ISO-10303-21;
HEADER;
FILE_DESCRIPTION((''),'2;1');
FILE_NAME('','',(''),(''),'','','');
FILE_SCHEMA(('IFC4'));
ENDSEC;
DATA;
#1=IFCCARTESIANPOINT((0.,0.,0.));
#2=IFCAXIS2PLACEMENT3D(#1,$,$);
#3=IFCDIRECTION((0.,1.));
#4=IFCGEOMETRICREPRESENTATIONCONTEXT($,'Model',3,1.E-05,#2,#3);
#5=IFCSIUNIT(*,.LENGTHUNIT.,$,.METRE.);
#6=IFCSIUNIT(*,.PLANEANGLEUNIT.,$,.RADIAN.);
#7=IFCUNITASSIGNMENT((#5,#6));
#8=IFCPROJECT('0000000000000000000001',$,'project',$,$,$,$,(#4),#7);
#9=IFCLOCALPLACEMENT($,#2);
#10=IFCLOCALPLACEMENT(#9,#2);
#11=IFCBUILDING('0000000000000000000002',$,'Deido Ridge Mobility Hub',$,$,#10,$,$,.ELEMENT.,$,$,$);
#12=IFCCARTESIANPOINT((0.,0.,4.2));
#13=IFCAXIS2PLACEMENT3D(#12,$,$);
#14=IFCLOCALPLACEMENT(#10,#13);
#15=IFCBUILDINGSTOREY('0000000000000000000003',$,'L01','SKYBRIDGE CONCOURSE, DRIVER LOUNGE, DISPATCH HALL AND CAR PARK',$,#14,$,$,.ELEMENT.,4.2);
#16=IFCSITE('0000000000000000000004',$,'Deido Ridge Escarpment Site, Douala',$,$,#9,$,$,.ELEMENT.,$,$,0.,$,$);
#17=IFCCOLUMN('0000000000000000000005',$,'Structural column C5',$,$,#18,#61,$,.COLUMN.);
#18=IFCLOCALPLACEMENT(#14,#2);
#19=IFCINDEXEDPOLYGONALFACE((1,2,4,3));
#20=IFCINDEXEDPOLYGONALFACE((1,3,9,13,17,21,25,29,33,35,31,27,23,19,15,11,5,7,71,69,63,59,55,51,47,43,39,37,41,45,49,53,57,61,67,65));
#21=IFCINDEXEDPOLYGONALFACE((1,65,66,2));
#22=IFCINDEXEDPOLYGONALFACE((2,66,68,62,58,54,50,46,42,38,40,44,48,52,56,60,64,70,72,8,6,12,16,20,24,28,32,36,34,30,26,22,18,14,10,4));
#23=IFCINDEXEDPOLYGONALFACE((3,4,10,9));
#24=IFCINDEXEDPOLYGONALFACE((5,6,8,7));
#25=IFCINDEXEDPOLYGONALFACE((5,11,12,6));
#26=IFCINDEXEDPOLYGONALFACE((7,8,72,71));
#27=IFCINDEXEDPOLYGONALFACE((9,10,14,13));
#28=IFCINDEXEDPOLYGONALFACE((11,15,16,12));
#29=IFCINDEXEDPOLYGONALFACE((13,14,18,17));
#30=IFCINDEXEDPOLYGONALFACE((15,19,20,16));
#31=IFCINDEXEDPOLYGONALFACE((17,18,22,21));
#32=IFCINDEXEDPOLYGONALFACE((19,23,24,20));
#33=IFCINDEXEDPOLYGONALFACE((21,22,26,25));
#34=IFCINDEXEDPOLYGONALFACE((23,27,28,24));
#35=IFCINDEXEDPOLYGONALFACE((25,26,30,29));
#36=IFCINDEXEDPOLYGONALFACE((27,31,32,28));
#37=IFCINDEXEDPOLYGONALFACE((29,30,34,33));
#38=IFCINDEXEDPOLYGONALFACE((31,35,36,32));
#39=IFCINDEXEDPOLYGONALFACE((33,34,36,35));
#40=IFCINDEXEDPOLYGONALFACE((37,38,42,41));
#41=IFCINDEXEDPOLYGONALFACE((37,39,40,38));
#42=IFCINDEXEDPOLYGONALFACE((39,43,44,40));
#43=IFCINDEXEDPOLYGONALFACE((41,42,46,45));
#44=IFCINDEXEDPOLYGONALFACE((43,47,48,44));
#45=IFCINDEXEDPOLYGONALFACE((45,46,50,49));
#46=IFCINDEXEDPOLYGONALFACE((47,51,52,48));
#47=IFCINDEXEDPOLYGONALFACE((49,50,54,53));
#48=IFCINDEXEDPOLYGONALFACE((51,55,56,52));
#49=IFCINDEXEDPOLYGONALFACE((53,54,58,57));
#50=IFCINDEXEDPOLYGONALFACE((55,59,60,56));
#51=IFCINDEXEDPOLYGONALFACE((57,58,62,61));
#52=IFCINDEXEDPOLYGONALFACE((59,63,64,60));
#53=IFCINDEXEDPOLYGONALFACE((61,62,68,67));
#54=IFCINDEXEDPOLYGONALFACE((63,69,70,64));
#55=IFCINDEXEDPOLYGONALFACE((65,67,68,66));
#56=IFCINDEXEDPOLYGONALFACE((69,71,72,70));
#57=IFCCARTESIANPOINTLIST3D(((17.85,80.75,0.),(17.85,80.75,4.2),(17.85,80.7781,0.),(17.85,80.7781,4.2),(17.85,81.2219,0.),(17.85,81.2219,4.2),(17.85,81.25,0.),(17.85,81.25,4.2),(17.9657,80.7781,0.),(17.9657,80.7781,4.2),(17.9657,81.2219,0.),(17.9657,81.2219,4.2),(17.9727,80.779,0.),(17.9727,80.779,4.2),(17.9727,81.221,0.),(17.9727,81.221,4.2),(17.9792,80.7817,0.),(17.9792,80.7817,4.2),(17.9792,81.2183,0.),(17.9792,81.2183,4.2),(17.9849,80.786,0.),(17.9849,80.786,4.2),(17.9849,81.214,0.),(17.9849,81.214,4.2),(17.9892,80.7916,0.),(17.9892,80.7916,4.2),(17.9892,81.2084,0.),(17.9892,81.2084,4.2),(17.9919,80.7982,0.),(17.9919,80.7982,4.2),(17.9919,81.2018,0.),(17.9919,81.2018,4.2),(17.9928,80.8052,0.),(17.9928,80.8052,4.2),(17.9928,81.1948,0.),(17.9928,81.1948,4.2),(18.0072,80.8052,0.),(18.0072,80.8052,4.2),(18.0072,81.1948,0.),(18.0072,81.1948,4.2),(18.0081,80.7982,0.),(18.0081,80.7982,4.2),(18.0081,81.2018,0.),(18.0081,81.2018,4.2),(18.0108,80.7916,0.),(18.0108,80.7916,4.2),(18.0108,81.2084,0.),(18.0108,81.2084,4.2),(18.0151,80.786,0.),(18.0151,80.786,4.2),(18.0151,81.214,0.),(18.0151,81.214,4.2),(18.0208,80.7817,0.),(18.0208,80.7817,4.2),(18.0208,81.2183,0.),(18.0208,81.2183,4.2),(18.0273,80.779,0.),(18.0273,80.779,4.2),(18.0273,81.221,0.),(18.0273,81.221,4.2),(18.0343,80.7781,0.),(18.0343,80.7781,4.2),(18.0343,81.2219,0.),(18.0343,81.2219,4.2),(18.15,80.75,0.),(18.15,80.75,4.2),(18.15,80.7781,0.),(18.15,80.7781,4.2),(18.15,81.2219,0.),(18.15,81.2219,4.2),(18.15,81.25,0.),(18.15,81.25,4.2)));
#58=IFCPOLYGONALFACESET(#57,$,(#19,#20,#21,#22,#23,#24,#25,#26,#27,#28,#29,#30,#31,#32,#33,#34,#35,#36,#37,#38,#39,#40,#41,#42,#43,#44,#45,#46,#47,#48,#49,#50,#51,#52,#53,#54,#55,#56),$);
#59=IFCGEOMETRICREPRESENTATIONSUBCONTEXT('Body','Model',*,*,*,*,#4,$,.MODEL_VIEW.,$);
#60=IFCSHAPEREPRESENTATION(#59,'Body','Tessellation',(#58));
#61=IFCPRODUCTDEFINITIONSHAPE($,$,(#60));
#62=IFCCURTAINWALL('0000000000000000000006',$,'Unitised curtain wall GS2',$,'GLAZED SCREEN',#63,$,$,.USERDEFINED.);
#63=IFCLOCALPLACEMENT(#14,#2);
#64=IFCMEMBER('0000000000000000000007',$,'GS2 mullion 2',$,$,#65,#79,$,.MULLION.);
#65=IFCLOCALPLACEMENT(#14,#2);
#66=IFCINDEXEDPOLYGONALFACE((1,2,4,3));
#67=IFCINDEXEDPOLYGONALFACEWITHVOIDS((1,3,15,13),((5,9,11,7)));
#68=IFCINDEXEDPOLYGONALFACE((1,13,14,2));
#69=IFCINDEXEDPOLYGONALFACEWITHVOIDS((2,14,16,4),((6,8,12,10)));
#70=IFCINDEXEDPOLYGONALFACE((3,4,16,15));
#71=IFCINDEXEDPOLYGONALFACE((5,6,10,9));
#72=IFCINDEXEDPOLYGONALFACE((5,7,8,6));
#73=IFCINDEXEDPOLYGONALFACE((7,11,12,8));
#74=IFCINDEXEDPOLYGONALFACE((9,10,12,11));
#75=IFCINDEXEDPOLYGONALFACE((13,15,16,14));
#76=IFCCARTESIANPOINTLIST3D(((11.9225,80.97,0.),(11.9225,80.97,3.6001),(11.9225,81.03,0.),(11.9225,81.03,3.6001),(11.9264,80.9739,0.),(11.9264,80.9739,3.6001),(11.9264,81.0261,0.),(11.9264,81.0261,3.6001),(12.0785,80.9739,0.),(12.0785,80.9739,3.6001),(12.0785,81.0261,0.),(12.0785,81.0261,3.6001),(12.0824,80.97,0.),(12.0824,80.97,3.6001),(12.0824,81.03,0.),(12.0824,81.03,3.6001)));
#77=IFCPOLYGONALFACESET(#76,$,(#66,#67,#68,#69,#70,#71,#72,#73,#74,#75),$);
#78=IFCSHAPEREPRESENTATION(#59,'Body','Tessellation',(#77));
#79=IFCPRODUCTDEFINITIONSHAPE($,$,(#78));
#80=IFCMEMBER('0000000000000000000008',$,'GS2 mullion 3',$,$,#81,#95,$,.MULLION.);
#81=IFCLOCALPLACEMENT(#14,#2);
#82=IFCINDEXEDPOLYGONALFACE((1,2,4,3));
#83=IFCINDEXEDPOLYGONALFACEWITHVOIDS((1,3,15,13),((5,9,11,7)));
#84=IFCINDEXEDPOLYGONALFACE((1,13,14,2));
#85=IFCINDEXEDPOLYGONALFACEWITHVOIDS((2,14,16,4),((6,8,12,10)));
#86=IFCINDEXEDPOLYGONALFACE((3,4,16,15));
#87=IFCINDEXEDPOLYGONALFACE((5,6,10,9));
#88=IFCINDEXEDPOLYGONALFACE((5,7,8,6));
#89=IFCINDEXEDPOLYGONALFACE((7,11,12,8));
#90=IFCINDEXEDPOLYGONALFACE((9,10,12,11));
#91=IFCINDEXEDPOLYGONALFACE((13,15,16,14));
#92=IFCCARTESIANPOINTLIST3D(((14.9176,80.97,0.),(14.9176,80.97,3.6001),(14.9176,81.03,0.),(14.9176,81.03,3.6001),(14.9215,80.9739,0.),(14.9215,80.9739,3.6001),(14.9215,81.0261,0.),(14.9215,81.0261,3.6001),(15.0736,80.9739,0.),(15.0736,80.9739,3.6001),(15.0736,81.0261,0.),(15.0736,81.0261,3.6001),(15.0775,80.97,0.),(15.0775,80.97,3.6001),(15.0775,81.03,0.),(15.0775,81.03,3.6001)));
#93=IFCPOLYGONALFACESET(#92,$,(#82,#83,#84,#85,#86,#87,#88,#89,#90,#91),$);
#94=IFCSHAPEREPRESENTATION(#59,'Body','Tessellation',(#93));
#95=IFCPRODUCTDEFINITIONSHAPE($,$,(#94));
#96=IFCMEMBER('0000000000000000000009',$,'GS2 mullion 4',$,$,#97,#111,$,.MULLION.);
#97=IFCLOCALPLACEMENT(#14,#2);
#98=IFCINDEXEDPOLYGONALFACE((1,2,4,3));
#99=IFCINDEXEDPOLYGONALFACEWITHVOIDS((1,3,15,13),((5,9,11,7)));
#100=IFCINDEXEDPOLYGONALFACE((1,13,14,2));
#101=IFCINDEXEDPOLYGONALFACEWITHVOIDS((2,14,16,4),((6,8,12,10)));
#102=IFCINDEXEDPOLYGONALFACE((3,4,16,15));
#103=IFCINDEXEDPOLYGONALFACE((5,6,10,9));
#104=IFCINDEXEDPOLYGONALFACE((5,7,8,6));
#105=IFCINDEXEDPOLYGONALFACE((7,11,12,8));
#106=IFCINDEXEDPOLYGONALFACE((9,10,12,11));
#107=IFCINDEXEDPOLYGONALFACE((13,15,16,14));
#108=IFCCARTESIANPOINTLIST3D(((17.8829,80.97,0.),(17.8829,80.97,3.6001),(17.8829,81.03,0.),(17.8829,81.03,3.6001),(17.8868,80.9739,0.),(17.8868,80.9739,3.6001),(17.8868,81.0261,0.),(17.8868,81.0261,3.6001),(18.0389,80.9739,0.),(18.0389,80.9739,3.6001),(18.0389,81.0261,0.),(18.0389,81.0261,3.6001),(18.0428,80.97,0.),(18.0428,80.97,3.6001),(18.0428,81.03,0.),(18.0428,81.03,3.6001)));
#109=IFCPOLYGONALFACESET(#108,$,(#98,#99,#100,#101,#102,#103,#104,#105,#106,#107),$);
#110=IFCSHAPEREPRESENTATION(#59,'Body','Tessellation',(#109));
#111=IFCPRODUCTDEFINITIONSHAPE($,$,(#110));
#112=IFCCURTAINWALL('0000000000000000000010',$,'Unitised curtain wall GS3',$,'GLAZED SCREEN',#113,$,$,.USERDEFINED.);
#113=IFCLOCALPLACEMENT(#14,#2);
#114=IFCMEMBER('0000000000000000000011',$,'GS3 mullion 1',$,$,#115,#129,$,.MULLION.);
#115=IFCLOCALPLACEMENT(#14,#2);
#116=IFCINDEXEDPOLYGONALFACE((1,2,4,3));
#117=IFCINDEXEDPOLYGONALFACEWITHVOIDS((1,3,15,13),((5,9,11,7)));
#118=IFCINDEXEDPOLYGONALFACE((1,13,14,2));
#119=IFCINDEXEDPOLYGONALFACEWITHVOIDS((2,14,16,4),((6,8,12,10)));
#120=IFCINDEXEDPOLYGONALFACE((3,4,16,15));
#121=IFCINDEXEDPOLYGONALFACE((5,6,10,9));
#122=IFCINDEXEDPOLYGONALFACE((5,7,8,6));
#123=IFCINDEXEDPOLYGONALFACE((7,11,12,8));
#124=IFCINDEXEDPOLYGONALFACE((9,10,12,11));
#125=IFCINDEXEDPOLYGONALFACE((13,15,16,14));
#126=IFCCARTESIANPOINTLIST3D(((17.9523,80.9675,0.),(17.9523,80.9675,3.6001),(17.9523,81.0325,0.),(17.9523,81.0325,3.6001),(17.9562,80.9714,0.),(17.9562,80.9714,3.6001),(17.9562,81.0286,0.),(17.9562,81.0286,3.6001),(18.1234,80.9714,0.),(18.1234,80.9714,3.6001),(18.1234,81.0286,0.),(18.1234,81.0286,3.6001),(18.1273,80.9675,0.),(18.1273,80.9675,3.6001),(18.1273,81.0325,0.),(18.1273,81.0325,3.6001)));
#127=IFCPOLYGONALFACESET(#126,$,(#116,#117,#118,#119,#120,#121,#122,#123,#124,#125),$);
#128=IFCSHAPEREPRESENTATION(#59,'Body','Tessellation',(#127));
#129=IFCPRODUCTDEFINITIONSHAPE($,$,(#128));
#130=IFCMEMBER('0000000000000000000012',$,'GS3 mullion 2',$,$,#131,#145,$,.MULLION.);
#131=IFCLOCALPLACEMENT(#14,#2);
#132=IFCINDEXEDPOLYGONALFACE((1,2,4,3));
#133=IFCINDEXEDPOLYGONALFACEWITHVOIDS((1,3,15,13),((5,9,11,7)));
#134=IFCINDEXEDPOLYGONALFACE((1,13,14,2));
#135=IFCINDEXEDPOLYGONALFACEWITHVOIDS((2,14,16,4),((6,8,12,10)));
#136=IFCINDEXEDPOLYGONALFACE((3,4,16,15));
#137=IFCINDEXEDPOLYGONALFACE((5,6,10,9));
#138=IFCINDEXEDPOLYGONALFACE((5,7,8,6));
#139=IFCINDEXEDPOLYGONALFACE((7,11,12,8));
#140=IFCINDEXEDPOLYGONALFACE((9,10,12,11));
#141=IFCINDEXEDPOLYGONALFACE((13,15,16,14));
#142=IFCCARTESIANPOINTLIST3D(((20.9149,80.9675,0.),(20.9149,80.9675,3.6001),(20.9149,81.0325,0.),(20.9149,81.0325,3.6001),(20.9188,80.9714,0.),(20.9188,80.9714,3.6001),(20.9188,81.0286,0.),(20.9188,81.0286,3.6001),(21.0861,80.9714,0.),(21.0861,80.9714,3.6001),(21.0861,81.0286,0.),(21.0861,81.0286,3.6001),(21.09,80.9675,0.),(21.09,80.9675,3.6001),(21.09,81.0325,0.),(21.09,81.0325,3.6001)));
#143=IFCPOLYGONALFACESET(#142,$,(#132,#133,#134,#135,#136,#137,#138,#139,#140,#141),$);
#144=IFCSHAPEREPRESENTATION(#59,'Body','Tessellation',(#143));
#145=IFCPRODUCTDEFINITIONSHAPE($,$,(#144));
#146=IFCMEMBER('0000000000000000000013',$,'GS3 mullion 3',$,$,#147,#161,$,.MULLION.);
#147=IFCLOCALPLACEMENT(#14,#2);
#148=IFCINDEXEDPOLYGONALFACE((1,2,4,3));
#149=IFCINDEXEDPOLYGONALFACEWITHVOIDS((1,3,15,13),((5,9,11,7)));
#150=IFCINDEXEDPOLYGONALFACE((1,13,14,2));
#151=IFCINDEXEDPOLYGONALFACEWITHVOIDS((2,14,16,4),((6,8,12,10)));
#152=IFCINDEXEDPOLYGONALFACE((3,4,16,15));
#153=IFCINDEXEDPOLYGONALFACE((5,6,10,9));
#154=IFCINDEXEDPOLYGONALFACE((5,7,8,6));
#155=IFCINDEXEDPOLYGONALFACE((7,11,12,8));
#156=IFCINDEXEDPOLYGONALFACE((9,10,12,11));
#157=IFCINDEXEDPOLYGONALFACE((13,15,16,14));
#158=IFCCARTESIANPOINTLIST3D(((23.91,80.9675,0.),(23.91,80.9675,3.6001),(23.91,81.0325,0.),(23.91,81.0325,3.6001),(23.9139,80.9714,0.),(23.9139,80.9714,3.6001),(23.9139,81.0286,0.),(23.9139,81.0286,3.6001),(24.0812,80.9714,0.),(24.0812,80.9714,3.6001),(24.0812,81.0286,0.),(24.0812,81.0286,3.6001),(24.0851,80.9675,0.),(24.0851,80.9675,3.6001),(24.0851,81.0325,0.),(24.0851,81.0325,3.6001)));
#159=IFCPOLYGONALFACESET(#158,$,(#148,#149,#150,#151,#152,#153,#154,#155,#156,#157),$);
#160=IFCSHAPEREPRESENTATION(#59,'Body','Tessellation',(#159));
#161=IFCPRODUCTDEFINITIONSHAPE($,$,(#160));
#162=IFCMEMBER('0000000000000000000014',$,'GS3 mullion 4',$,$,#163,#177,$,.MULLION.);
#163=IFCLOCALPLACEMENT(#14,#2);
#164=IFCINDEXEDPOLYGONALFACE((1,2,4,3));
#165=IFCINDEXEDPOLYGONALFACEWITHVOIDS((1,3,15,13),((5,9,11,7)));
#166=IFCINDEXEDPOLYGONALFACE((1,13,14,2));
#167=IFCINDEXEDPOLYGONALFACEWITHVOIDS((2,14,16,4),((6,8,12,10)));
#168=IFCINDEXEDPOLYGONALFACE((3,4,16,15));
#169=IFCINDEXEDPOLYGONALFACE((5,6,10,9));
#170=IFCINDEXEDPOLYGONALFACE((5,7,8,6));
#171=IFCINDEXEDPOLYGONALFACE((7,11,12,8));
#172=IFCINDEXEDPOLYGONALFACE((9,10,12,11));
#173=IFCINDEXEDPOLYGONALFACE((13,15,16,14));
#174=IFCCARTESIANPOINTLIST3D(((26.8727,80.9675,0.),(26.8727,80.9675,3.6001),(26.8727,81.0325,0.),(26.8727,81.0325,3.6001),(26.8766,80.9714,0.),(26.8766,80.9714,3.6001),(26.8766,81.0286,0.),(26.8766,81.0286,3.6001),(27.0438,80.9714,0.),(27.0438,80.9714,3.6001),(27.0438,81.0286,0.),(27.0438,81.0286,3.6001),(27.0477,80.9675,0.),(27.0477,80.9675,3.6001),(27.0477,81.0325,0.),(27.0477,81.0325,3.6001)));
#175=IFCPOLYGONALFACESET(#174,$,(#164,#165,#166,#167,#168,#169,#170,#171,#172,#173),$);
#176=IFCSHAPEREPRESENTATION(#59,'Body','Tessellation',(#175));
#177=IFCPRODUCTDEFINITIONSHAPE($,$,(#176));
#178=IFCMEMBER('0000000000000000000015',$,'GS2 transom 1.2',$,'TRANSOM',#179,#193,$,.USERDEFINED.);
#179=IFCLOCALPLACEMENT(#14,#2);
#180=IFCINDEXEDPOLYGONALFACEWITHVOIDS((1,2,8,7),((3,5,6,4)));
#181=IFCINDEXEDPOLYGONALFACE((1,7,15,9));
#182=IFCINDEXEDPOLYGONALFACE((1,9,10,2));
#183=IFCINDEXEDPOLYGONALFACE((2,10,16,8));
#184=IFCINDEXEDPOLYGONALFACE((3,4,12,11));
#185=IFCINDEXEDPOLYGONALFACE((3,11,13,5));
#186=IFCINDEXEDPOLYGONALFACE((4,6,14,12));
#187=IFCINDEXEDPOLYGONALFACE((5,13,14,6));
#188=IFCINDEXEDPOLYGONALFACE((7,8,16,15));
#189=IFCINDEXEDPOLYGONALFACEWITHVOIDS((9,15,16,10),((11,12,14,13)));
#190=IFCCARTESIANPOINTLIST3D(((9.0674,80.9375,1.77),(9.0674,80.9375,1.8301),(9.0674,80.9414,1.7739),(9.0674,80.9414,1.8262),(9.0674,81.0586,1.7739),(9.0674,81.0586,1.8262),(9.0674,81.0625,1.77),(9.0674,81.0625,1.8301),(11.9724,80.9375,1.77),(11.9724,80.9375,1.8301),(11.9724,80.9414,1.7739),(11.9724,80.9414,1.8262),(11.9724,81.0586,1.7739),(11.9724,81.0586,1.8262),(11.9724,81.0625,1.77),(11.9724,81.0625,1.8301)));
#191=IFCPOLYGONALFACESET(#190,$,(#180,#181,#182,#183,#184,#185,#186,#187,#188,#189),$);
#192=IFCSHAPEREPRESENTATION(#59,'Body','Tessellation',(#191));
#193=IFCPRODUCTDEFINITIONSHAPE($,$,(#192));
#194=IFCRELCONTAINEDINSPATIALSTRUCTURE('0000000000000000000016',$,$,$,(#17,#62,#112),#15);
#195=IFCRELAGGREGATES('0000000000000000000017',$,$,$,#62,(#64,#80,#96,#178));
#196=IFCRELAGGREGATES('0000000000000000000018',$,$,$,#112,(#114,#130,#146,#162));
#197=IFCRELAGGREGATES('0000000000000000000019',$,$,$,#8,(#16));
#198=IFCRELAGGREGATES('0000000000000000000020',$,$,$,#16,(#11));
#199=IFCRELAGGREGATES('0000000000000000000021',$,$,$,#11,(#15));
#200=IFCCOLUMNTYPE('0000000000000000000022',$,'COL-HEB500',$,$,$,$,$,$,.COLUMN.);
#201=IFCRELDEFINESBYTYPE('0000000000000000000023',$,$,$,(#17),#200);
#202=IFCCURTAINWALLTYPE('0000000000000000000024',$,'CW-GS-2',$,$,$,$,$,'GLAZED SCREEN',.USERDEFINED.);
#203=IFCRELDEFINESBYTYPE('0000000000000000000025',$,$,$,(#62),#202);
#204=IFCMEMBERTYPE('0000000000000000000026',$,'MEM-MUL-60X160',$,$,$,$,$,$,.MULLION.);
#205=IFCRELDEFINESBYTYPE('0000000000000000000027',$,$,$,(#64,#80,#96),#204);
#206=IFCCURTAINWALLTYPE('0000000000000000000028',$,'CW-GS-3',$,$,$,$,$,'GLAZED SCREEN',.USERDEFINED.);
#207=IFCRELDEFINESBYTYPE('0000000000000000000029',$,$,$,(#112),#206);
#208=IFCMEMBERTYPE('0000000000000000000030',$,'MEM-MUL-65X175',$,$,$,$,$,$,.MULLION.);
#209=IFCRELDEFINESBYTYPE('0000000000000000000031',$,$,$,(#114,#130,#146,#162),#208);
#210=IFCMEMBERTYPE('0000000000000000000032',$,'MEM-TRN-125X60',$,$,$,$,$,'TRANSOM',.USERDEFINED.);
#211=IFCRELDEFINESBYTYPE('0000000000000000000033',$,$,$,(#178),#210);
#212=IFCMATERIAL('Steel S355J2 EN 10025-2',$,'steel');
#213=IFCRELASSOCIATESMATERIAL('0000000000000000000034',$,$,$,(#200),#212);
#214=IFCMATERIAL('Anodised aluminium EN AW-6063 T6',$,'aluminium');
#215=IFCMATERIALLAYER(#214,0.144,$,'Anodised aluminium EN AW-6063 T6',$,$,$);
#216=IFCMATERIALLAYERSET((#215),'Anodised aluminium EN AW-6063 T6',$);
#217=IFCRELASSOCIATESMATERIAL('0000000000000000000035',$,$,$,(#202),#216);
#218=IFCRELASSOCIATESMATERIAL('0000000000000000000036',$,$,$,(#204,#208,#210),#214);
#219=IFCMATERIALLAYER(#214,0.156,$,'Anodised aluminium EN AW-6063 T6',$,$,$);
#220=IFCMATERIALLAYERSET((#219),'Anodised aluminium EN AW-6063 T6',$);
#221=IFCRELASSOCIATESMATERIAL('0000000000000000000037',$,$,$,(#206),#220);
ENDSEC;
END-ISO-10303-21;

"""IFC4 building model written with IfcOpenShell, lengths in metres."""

from ifc_helpers import new_model, si_unit, direction, frame, origin, origin_2d, place, context, subcontext, project, spatial, hollow_rectangle, i_section, extrude, material, layer, layer_set, material_profile, profile_set, type_object, element, aggregate, save


model = new_model("IFC4")

# Units and contexts
model_context = context("Model", 3, precision=1e-05, world=origin(), true_north=direction((0.0, 1.0)))
body_context = subcontext(model_context, "Body", "Model", "MODEL_VIEW")
ifc_project = project(units=[si_unit("LENGTHUNIT", "METRE"), si_unit("PLANEANGLEUNIT", "RADIAN")], contexts=[model_context])

# Site, building, storey
site_placement = place(None, origin())
site = spatial("IfcSite", under=ifc_project, at=site_placement, Name="Deido Ridge Escarpment Site, Douala", CompositionType="ELEMENT", RefElevation=0.0)
building_placement = place(site_placement, origin())
building = spatial("IfcBuilding", under=site, at=building_placement, Name="Deido Ridge Mobility Hub", CompositionType="ELEMENT")
storey_placement = place(building_placement, frame((0.0, 0.0, 4.2)))
storey = spatial("IfcBuildingStorey", under=building, at=storey_placement, Name="L01", Description="SKYBRIDGE CONCOURSE, DRIVER LOUNGE, DISPATCH HALL AND CAR PARK", CompositionType="ELEMENT", Elevation=4.2)

# Column
ifc_material_1 = material(Name="Steel S355J2 EN 10025-2", Category="steel")
ifc_material_profile_1 = material_profile(ifc_material_1, i_section(OverallWidth=0.3, OverallDepth=0.5, WebThickness=0.0144, FlangeThickness=0.0281, FilletRadius=0.0271, at=origin_2d()), Name="HEB 500")
ifc_profile_set_1 = profile_set([ifc_material_profile_1], Name="Steel S355J2 EN 10025-2")
column_type = type_object("IfcColumnType", Name="COL-HEB500", PredefinedType="COLUMN", material=ifc_profile_set_1)
column_placement = place(storey_placement, frame((18.0, 81.0, 0.0), z_axis=(0.0, 0.0, 1.0), x_axis=(1.0, 0.0, 0.0)))
element("IfcColumn", 1, at=column_placement, inside=storey, type_object=column_type, Name="Structural column C5", PredefinedType="COLUMN", context=body_context, shape_type="SweptSolid", body=[
    extrude(i_section(OverallWidth=0.3, OverallDepth=0.5, WebThickness=0.0144, FlangeThickness=0.0281, FilletRadius=0.0271, at=origin_2d()), origin(), (0.0, 0.0, 1.0), 4.2),
])

# Curtain walls, members
ifc_material_2 = material(Name="Anodised aluminium EN AW-6063 T6", Category="aluminium")
ifc_layer_1 = layer(ifc_material_2, 0.144, Name="Anodised aluminium EN AW-6063 T6")
ifc_layer_set_1 = layer_set([ifc_layer_1], Name="Anodised aluminium EN AW-6063 T6")
curtain_wall_type_1 = type_object("IfcCurtainWallType", Name="CW-GS-2", ElementType="GLAZED SCREEN", PredefinedType="USERDEFINED", material=ifc_layer_set_1)
curtain_wall_1_placement = place(storey_placement, origin())
curtain_wall_1 = element("IfcCurtainWall", 2, at=curtain_wall_1_placement, inside=storey, type_object=curtain_wall_type_1, Name="Unitised curtain wall GS2", ObjectType="GLAZED SCREEN", PredefinedType="USERDEFINED")
ifc_material_profile_2 = material_profile(ifc_material_2, hollow_rectangle(XDim=0.0601, YDim=0.1599, WallThickness=0.0039, at=origin_2d()), Name="RHS 60x160x4")
ifc_profile_set_2 = profile_set([ifc_material_profile_2], Name="Anodised aluminium EN AW-6063 T6")
member_type_1 = type_object("IfcMemberType", Name="MEM-MUL-60X160", PredefinedType="MULLION", material=ifc_profile_set_2)
member_1_placement = place(storey_placement, frame((12.0024, 81.0, 0.0), z_axis=(0.0, 0.0, 1.0), x_axis=(0.0, 1.0, 0.0)))
member_1 = element("IfcMember", 3, at=member_1_placement, type_object=member_type_1, Name="GS2 mullion 2", PredefinedType="MULLION", context=body_context, shape_type="SweptSolid", body=[
    extrude(hollow_rectangle(XDim=0.0601, YDim=0.1599, WallThickness=0.0039, at=origin_2d()), origin(), (0.0, 0.0, 1.0), 3.6001),
])
member_2_placement = place(storey_placement, frame((14.9976, 81.0, 0.0), z_axis=(0.0, 0.0, 1.0), x_axis=(0.0, 1.0, 0.0)))
member_2 = element("IfcMember", 4, at=member_2_placement, type_object=member_type_1, Name="GS2 mullion 3", PredefinedType="MULLION", context=body_context, shape_type="SweptSolid", body=[
    extrude(hollow_rectangle(XDim=0.0601, YDim=0.1599, WallThickness=0.0039, at=origin_2d()), origin(), (0.0, 0.0, 1.0), 3.6001),
])
member_3_placement = place(storey_placement, frame((17.9629, 81.0, 0.0), z_axis=(0.0, 0.0, 1.0), x_axis=(0.0, 1.0, 0.0)))
member_3 = element("IfcMember", 5, at=member_3_placement, type_object=member_type_1, Name="GS2 mullion 4", PredefinedType="MULLION", context=body_context, shape_type="SweptSolid", body=[
    extrude(hollow_rectangle(XDim=0.0601, YDim=0.1599, WallThickness=0.0039, at=origin_2d()), origin(), (0.0, 0.0, 1.0), 3.6001),
])
ifc_layer_2 = layer(ifc_material_2, 0.156, Name="Anodised aluminium EN AW-6063 T6")
ifc_layer_set_2 = layer_set([ifc_layer_2], Name="Anodised aluminium EN AW-6063 T6")
curtain_wall_type_2 = type_object("IfcCurtainWallType", Name="CW-GS-3", ElementType="GLAZED SCREEN", PredefinedType="USERDEFINED", material=ifc_layer_set_2)
curtain_wall_2_placement = place(storey_placement, origin())
curtain_wall_2 = element("IfcCurtainWall", 6, at=curtain_wall_2_placement, inside=storey, type_object=curtain_wall_type_2, Name="Unitised curtain wall GS3", ObjectType="GLAZED SCREEN", PredefinedType="USERDEFINED")
ifc_material_profile_3 = material_profile(ifc_material_2, hollow_rectangle(XDim=0.0649, YDim=0.175, WallThickness=0.0039, at=origin_2d()), Name="RHS 65x175x4")
ifc_profile_set_3 = profile_set([ifc_material_profile_3], Name="Anodised aluminium EN AW-6063 T6")
member_type_2 = type_object("IfcMemberType", Name="MEM-MUL-65X175", PredefinedType="MULLION", material=ifc_profile_set_3)
member_4_placement = place(storey_placement, frame((18.0398, 81.0, 0.0), z_axis=(0.0, 0.0, 1.0), x_axis=(0.0, 1.0, 0.0)))
member_4 = element("IfcMember", 7, at=member_4_placement, type_object=member_type_2, Name="GS3 mullion 1", PredefinedType="MULLION", context=body_context, shape_type="SweptSolid", body=[
    extrude(hollow_rectangle(XDim=0.0649, YDim=0.175, WallThickness=0.0039, at=origin_2d()), origin(), (0.0, 0.0, 1.0), 3.6001),
])
member_5_placement = place(storey_placement, frame((21.0024, 81.0, 0.0), z_axis=(0.0, 0.0, 1.0), x_axis=(0.0, 1.0, 0.0)))
member_5 = element("IfcMember", 8, at=member_5_placement, type_object=member_type_2, Name="GS3 mullion 2", PredefinedType="MULLION", context=body_context, shape_type="SweptSolid", body=[
    extrude(hollow_rectangle(XDim=0.0649, YDim=0.175, WallThickness=0.0039, at=origin_2d()), origin(), (0.0, 0.0, 1.0), 3.6001),
])
member_6_placement = place(storey_placement, frame((23.9976, 81.0, 0.0), z_axis=(0.0, 0.0, 1.0), x_axis=(0.0, 1.0, 0.0)))
member_6 = element("IfcMember", 9, at=member_6_placement, type_object=member_type_2, Name="GS3 mullion 3", PredefinedType="MULLION", context=body_context, shape_type="SweptSolid", body=[
    extrude(hollow_rectangle(XDim=0.0649, YDim=0.175, WallThickness=0.0039, at=origin_2d()), origin(), (0.0, 0.0, 1.0), 3.6001),
])
member_7_placement = place(storey_placement, frame((26.9602, 81.0, 0.0), z_axis=(0.0, 0.0, 1.0), x_axis=(0.0, 1.0, 0.0)))
member_7 = element("IfcMember", 10, at=member_7_placement, type_object=member_type_2, Name="GS3 mullion 4", PredefinedType="MULLION", context=body_context, shape_type="SweptSolid", body=[
    extrude(hollow_rectangle(XDim=0.0649, YDim=0.175, WallThickness=0.0039, at=origin_2d()), origin(), (0.0, 0.0, 1.0), 3.6001),
])

# Member
ifc_material_profile_4 = material_profile(ifc_material_2, hollow_rectangle(XDim=0.125, YDim=0.0601, WallThickness=0.0039, at=origin_2d()), Name="RHS 125x60x4")
ifc_profile_set_4 = profile_set([ifc_material_profile_4], Name="Anodised aluminium EN AW-6063 T6")
member_type_3 = type_object("IfcMemberType", Name="MEM-TRN-125X60", ElementType="TRANSOM", PredefinedType="USERDEFINED", material=ifc_profile_set_4)
member_8_placement = place(storey_placement, frame((9.0674, 81.0, 1.8), z_axis=(1.0, 0.0, 0.0), x_axis=(0.0, 1.0, 0.0)))
member_8 = element("IfcMember", 11, at=member_8_placement, type_object=member_type_3, Name="GS2 transom 1.2", ObjectType="TRANSOM", PredefinedType="USERDEFINED", context=body_context, shape_type="SweptSolid", body=[
    extrude(hollow_rectangle(XDim=0.125, YDim=0.0601, WallThickness=0.0039, at=origin_2d()), origin(), (0.0, 0.0, 1.0), 2.905),
])

aggregate(curtain_wall_1, [member_1, member_2, member_3, member_8])
aggregate(curtain_wall_2, [member_4, member_5, member_6, member_7])

save(model, "model.ifc")
